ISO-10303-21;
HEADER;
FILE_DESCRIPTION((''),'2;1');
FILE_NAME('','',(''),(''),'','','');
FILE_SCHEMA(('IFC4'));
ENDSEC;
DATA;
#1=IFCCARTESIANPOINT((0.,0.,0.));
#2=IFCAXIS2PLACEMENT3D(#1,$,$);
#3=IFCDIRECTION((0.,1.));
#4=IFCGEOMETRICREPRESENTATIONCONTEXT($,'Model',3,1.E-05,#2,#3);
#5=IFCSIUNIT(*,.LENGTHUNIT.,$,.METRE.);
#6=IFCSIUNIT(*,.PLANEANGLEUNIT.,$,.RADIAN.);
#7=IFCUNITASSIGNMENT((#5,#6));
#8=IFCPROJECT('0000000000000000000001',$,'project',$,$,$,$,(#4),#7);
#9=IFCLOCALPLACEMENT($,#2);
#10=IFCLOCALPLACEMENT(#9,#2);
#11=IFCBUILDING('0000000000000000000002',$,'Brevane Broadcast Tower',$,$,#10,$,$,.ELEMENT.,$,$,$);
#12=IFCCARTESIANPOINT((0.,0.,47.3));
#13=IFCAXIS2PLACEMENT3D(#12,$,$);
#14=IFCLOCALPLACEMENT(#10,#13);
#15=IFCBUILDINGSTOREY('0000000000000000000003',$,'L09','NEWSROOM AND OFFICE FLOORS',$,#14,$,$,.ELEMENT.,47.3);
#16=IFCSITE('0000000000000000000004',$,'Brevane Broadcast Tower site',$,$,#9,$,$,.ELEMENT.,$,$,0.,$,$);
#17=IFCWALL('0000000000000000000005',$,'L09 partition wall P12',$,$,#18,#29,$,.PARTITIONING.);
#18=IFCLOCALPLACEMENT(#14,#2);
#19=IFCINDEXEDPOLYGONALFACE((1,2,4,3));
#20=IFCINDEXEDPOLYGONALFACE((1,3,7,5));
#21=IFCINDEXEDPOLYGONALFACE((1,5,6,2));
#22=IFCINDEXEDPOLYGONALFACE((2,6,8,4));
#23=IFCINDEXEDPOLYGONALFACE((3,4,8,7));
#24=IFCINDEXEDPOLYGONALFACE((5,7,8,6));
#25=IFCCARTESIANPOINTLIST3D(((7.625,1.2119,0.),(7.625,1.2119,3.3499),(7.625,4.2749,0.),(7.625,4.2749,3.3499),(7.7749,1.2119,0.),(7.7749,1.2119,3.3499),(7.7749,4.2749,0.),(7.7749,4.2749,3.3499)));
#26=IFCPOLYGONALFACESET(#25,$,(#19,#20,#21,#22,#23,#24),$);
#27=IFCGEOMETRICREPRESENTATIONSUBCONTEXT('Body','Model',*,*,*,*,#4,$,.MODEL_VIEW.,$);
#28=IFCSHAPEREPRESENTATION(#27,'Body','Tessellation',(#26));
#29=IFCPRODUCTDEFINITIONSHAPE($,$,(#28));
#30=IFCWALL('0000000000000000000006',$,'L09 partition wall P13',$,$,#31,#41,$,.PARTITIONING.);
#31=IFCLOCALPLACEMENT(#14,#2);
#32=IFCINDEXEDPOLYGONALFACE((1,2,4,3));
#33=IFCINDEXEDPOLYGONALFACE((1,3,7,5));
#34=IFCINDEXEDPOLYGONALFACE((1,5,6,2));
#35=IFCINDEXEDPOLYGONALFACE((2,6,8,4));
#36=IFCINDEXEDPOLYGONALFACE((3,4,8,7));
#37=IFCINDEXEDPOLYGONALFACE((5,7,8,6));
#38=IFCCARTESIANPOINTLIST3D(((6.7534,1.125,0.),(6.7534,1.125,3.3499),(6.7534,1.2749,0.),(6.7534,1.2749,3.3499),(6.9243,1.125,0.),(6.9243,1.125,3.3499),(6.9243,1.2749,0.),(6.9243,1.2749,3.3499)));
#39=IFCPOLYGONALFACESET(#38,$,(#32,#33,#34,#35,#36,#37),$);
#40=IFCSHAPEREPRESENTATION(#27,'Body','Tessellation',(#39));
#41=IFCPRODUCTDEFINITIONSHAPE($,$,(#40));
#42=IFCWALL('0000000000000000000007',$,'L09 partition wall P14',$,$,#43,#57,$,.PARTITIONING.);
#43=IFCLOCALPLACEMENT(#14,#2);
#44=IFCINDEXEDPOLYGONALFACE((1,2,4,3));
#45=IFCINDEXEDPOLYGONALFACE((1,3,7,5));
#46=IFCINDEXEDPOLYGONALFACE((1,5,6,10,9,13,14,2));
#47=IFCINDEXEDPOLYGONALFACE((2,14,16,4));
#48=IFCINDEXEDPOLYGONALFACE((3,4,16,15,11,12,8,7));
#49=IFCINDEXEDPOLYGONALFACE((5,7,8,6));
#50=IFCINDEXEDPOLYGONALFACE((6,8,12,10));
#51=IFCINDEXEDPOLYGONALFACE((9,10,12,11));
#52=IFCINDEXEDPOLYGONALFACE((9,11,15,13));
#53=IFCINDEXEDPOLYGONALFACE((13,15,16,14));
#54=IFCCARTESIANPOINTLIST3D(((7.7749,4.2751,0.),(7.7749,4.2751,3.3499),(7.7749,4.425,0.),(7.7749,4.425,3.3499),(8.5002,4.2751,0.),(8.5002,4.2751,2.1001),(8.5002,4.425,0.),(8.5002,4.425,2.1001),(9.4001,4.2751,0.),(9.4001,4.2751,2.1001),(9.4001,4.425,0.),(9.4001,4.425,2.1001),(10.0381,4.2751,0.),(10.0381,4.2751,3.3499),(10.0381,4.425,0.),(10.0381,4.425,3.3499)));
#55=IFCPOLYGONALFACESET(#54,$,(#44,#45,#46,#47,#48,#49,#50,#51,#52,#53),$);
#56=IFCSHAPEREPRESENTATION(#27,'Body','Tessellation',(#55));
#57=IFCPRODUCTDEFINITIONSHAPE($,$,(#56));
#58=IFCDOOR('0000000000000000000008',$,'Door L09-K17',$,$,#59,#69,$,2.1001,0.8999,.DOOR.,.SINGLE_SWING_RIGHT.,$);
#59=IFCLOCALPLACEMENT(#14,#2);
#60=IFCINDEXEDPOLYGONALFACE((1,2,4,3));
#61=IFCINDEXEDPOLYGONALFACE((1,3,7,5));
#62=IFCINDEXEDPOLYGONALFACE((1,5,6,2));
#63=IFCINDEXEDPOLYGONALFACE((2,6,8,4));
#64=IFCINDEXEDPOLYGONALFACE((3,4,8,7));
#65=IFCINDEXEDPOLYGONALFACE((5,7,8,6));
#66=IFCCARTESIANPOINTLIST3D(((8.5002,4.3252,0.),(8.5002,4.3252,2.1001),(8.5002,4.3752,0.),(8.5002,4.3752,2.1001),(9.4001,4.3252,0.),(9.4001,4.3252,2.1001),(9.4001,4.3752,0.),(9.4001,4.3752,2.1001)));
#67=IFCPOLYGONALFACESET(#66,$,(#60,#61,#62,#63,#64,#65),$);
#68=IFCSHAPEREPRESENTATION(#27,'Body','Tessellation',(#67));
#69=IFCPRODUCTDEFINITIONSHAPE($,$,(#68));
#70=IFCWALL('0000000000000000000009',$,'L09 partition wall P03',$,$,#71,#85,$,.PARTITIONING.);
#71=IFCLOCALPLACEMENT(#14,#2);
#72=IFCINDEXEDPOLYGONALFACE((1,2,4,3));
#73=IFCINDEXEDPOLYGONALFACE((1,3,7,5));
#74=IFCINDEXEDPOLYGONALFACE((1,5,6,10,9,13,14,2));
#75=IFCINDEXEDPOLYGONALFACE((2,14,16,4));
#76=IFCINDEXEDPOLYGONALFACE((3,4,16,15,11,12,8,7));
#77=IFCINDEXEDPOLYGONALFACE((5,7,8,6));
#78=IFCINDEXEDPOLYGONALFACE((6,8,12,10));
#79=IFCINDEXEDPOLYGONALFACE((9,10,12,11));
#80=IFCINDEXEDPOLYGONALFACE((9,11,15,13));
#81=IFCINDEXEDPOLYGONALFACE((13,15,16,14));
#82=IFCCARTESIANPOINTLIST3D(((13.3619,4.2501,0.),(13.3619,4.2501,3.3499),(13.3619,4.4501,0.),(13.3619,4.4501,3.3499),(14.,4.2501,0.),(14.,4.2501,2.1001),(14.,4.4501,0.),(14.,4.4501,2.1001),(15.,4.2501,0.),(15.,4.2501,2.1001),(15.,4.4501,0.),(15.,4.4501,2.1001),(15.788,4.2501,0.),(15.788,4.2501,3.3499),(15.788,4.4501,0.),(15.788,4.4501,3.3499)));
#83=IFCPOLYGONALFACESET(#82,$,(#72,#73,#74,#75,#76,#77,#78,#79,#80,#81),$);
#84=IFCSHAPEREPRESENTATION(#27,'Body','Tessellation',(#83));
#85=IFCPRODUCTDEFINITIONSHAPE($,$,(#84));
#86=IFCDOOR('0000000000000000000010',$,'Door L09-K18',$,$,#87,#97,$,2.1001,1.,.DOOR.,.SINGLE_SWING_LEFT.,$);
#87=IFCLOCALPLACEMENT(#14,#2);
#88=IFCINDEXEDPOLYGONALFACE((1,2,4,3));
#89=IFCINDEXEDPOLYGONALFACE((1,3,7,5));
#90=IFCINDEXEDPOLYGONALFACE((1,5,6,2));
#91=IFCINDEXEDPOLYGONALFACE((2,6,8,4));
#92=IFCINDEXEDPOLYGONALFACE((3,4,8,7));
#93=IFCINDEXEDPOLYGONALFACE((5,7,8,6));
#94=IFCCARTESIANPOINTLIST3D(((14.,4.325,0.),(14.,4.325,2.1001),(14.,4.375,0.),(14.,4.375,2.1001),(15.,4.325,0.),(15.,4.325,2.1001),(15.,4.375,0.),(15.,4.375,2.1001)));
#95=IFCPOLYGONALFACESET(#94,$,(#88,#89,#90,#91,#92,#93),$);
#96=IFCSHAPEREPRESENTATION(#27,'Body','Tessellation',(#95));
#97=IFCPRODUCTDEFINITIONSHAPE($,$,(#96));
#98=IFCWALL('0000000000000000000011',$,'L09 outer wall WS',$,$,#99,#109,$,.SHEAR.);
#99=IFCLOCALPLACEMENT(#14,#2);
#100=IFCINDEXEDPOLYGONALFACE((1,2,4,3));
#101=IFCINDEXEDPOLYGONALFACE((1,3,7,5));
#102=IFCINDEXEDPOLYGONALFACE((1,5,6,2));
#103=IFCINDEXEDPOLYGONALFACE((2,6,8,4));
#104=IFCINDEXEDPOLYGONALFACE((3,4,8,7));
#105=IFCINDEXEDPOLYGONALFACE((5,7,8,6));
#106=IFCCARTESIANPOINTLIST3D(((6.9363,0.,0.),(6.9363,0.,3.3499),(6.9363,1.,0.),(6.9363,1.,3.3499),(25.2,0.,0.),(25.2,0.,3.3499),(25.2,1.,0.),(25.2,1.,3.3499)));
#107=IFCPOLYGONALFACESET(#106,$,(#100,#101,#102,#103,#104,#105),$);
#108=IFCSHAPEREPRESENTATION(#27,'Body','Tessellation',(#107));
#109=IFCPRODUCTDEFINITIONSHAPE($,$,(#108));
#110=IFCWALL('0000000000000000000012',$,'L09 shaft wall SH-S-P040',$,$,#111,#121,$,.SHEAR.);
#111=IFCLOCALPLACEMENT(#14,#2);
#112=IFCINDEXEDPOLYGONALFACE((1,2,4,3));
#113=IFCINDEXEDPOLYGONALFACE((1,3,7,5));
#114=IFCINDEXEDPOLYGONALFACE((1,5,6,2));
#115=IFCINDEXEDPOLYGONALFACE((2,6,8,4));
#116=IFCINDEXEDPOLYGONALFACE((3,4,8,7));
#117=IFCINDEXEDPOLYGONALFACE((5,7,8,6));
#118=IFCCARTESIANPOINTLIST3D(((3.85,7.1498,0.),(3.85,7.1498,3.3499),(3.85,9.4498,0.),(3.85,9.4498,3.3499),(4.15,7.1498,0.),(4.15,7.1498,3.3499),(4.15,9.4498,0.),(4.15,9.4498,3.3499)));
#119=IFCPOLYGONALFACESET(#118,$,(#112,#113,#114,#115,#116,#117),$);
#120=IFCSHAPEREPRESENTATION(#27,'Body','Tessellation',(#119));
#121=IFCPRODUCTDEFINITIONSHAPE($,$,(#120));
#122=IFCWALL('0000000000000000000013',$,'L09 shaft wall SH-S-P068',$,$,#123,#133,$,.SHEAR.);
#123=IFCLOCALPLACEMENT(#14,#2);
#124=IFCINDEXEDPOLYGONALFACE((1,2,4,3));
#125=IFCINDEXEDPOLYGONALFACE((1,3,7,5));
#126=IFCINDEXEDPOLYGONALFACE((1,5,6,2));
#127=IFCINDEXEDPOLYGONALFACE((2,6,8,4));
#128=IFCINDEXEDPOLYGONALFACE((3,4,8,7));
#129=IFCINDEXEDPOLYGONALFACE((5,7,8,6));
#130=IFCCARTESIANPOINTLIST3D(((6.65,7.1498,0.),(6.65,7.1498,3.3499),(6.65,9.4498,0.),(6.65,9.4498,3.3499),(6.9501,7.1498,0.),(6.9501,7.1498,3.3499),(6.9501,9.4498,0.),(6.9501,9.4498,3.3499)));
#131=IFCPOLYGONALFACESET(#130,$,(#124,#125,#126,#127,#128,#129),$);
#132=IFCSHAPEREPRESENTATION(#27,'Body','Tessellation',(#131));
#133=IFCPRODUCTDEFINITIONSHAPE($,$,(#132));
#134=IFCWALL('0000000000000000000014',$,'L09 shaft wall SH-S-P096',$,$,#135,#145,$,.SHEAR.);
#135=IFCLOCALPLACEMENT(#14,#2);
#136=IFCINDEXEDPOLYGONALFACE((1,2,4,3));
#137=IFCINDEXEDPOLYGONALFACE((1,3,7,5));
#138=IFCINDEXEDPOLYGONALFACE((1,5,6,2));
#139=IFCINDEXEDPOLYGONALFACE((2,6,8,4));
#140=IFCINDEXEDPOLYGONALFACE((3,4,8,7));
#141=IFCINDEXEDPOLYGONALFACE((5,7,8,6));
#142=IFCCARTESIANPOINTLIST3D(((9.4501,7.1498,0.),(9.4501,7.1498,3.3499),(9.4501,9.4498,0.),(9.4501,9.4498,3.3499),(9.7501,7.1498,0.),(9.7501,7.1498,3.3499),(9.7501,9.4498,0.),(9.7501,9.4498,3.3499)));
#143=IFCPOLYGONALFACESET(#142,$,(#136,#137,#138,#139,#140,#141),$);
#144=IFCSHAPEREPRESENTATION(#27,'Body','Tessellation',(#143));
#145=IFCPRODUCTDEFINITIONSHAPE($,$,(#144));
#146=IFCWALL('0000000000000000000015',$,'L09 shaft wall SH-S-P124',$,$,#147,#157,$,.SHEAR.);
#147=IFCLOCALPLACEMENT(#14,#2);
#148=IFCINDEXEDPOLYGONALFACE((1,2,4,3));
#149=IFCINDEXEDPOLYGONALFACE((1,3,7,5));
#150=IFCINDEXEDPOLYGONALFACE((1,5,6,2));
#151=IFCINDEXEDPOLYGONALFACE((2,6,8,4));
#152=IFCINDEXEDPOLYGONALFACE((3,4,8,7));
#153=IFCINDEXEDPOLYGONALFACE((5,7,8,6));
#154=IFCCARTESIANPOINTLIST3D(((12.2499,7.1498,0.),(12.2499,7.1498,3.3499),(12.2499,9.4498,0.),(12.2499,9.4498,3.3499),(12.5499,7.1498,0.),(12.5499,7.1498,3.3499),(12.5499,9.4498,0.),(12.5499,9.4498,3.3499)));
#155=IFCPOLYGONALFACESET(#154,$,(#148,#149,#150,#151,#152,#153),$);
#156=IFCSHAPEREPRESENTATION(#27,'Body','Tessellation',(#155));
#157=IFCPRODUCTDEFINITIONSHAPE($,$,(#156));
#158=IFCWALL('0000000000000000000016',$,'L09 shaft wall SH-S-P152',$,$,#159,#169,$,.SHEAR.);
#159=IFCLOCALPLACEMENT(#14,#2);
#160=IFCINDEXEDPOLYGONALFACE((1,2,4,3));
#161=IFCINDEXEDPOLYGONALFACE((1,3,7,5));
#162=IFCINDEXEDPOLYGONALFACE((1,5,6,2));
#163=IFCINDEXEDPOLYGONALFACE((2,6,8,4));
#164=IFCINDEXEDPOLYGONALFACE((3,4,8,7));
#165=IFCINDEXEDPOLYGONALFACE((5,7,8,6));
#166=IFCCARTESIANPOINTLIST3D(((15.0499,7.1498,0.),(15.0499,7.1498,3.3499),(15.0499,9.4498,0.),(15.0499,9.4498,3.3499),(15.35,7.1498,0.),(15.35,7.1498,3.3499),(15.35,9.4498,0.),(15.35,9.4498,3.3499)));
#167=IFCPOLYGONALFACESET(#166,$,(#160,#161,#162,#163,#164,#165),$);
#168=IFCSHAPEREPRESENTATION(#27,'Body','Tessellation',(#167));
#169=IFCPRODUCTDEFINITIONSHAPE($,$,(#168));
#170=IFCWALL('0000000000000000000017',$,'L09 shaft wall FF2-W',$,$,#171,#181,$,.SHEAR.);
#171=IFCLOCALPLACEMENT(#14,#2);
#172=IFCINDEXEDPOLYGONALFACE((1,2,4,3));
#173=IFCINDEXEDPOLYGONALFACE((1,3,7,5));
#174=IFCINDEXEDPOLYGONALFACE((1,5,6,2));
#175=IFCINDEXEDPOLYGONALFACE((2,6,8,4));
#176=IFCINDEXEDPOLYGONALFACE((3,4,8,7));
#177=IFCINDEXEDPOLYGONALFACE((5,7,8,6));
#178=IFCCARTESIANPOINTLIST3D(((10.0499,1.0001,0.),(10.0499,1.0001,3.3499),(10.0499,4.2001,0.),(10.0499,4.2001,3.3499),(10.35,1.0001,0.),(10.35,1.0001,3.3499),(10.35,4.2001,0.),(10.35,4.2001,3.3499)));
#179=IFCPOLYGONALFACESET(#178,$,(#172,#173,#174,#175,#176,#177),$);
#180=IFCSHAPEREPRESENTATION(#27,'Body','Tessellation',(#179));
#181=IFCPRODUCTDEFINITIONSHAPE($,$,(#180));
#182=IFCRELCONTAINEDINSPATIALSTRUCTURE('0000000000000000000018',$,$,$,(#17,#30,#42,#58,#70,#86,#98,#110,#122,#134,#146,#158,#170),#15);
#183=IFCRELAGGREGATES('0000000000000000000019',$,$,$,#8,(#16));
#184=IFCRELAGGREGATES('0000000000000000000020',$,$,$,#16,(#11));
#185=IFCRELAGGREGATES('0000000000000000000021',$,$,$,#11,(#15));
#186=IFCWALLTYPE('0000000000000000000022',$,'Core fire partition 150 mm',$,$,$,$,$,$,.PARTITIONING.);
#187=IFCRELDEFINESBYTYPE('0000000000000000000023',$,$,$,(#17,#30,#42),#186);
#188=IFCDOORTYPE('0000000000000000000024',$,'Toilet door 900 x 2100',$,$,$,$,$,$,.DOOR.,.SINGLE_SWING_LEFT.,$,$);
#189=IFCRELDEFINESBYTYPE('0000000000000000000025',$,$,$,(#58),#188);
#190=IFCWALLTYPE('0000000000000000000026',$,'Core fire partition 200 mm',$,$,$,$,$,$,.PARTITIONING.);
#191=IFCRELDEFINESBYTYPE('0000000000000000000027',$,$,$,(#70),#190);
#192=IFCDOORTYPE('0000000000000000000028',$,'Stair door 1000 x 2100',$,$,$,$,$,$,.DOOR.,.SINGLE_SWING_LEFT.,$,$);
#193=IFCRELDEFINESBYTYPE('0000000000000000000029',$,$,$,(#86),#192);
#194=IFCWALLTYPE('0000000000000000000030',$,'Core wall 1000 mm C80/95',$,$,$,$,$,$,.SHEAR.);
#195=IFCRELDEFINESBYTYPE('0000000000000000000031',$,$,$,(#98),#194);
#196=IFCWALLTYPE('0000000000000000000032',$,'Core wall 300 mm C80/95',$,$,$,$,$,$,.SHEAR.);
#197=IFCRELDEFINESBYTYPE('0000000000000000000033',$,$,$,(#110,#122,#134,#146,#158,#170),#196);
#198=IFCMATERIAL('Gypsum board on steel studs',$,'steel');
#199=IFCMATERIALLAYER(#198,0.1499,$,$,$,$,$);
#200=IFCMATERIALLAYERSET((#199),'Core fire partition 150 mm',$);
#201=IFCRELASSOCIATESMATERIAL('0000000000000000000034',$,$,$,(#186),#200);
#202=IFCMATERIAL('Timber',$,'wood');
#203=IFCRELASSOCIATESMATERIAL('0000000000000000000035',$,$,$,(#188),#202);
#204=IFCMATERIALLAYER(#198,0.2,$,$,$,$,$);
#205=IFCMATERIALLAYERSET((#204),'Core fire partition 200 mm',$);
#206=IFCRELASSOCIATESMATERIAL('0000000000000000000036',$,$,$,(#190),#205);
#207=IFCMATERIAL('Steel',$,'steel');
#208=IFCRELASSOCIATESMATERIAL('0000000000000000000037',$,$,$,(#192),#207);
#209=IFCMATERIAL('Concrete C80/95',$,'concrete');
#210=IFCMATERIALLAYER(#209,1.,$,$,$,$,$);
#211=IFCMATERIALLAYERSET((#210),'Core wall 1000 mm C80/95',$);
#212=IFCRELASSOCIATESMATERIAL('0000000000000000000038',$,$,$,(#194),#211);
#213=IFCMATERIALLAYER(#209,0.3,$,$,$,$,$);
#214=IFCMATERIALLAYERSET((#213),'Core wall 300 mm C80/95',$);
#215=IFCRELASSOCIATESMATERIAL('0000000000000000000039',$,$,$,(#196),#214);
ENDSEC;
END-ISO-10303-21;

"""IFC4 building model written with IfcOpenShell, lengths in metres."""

from ifc_helpers import new_model, si_unit, direction, frame, frame_2d, origin, place, context, subcontext, project, spatial, rectangle, extrude, material, layer, layer_set, type_object, element, fill, save


model = new_model("IFC4")

# Units and contexts
model_context = context("Model", 3, precision=1e-05, world=origin(), true_north=direction((0.0, 1.0)))
body_context = subcontext(model_context, "Body", "Model", "MODEL_VIEW")
ifc_project = project(units=[si_unit("LENGTHUNIT", "METRE"), si_unit("PLANEANGLEUNIT", "RADIAN")], contexts=[model_context])

# Site, building, storey
site_placement = place(None, origin())
site = spatial("IfcSite", under=ifc_project, at=site_placement, Name="Brevane Broadcast Tower site", CompositionType="ELEMENT", RefElevation=0.0)
building_placement = place(site_placement, origin())
building = spatial("IfcBuilding", under=site, at=building_placement, Name="Brevane Broadcast Tower", CompositionType="ELEMENT")
storey_placement = place(building_placement, frame((0.0, 0.0, 47.3)))
storey = spatial("IfcBuildingStorey", under=building, at=storey_placement, Name="L09", Description="NEWSROOM AND OFFICE FLOORS", CompositionType="ELEMENT", Elevation=47.3)

# Shared definitions
ifc_material_1 = material(Name="Gypsum board on steel studs", Category="steel")
ifc_layer_1 = layer(ifc_material_1, 0.1499)
ifc_layer_set_1 = layer_set([ifc_layer_1], Name="Core fire partition 150 mm")
wall_type_1 = type_object("IfcWallType", Name="Core fire partition 150 mm", PredefinedType="PARTITIONING", material=ifc_layer_set_1)

# Shared definitions
ifc_material_2 = material(Name="Timber", Category="wood")
door_type_1 = type_object("IfcDoorType", Name="Toilet door 900 x 2100", OperationType="SINGLE_SWING_LEFT", PredefinedType="DOOR", material=ifc_material_2)

# Walls
wall_1_placement = place(storey_placement, frame((7.7, 4.2749, 0.0), z_axis=(0.0, 0.0, 1.0), x_axis=(0.0, -1.0, 0.0)))
element("IfcWall", 1, at=wall_1_placement, inside=storey, type_object=wall_type_1, Name="L09 partition wall P12", PredefinedType="PARTITIONING", context=body_context, shape_type="SweptSolid", body=[
    extrude(rectangle(XDim=3.063, YDim=0.1499, at=frame_2d((1.5315, 0.0))), origin(), (0.0, 0.0, 1.0), 3.3499),
])
wall_2_placement = place(storey_placement, frame((6.9243, 1.2, 0.0), z_axis=(0.0, 0.0, 1.0), x_axis=(-1.0, 0.0, 0.0)))
element("IfcWall", 2, at=wall_2_placement, inside=storey, type_object=wall_type_1, Name="L09 partition wall P13", PredefinedType="PARTITIONING", context=body_context, shape_type="SweptSolid", body=[
    extrude(rectangle(XDim=0.1709, YDim=0.1499, at=frame_2d((0.0854, 0.0))), origin(), (0.0, 0.0, 1.0), 3.3499),
])

# Walls, openings, doors
wall_3_placement = place(storey_placement, frame((10.0381, 4.3501, 0.0), z_axis=(0.0, 0.0, 1.0), x_axis=(-1.0, 0.0, 0.0)))
wall_3 = element("IfcWall", 3, at=wall_3_placement, inside=storey, type_object=wall_type_1, Name="L09 partition wall P14", PredefinedType="PARTITIONING", context=body_context, shape_type="SweptSolid", body=[
    extrude(rectangle(XDim=2.2632, YDim=0.1499, at=frame_2d((1.1316, 0.0))), origin(), (0.0, 0.0, 1.0), 3.3499),
])
opening_1_placement = place(wall_3_placement, frame((0.6379, 0.0, 0.0)))
opening_1 = element("IfcOpeningElement", 4, at=opening_1_placement, cuts=wall_3, PredefinedType="OPENING", context=body_context, shape_type="SweptSolid", body=[
    extrude(rectangle(XDim=0.8999, YDim=2.1001, at=frame_2d((0.45, 1.05))), frame((0.0, 0.085, 0.0), z_axis=(0.0, -1.0, 0.0), x_axis=(1.0, 0.0, 0.0)), (0.0, 0.0, 1.0), 0.1699),
])
door_1_placement = place(opening_1_placement, origin())
door_1 = element("IfcDoor", 5, at=door_1_placement, inside=storey, type_object=door_type_1, Name="Door L09-K17", OperationType="SINGLE_SWING_RIGHT", OverallHeight=2.1001, OverallWidth=0.8999, PredefinedType="DOOR", context=body_context, shape_type="SweptSolid", body=[
    extrude(rectangle(XDim=0.8999, YDim=2.1001, at=frame_2d((0.45, 1.05))), frame((0.0, 0.0249, 0.0), z_axis=(0.0, -1.0, 0.0), x_axis=(1.0, 0.0, 0.0)), (0.0, 0.0, 1.0), 0.05),
])
fill(opening_1, door_1)
ifc_layer_2 = layer(ifc_material_1, 0.2)
ifc_layer_set_2 = layer_set([ifc_layer_2], Name="Core fire partition 200 mm")
wall_type_2 = type_object("IfcWallType", Name="Core fire partition 200 mm", PredefinedType="PARTITIONING", material=ifc_layer_set_2)
wall_4_placement = place(storey_placement, frame((13.3621, 4.3501, 0.0), z_axis=(0.0, 0.0, 1.0), x_axis=(1.0, 0.0, 0.0)))
wall_4 = element("IfcWall", 6, at=wall_4_placement, inside=storey, type_object=wall_type_2, Name="L09 partition wall P03", PredefinedType="PARTITIONING", context=body_context, shape_type="SweptSolid", body=[
    extrude(rectangle(XDim=2.426, YDim=0.2, at=frame_2d((1.2129, 0.0))), origin(), (0.0, 0.0, 1.0), 3.3499),
])
opening_2_placement = place(wall_4_placement, frame((0.6379, 0.0, 0.0)))
opening_2 = element("IfcOpeningElement", 7, at=opening_2_placement, cuts=wall_4, PredefinedType="OPENING", context=body_context, shape_type="SweptSolid", body=[
    extrude(rectangle(XDim=1.0, YDim=2.1001, at=frame_2d((0.5, 1.05))), frame((0.0, 0.1099, 0.0), z_axis=(0.0, -1.0, 0.0), x_axis=(1.0, 0.0, 0.0)), (0.0, 0.0, 1.0), 0.22),
])
ifc_material_3 = material(Name="Steel", Category="steel")
door_type_2 = type_object("IfcDoorType", Name="Stair door 1000 x 2100", OperationType="SINGLE_SWING_LEFT", PredefinedType="DOOR", material=ifc_material_3)
door_2_placement = place(opening_2_placement, origin())
door_2 = element("IfcDoor", 8, at=door_2_placement, inside=storey, type_object=door_type_2, Name="Door L09-K18", OperationType="SINGLE_SWING_LEFT", OverallHeight=2.1001, OverallWidth=1.0, PredefinedType="DOOR", context=body_context, shape_type="SweptSolid", body=[
    extrude(rectangle(XDim=1.0, YDim=2.1001, at=frame_2d((0.5, 1.05))), frame((0.0, 0.0249, 0.0), z_axis=(0.0, -1.0, 0.0), x_axis=(1.0, 0.0, 0.0)), (0.0, 0.0, 1.0), 0.05),
])
fill(opening_2, door_2)

# Walls
ifc_material_4 = material(Name="Concrete C80/95", Category="concrete")
ifc_layer_3 = layer(ifc_material_4, 1.0)
ifc_layer_set_3 = layer_set([ifc_layer_3], Name="Core wall 1000 mm C80/95")
wall_type_3 = type_object("IfcWallType", Name="Core wall 1000 mm C80/95", PredefinedType="SHEAR", material=ifc_layer_set_3)
wall_5_placement = place(storey_placement, frame((6.9363, 0.5, 0.0), z_axis=(0.0, 0.0, 1.0), x_axis=(1.0, 0.0, 0.0)))
element("IfcWall", 9, at=wall_5_placement, inside=storey, type_object=wall_type_3, Name="L09 outer wall WS", PredefinedType="SHEAR", context=body_context, shape_type="SweptSolid", body=[
    extrude(rectangle(XDim=18.2637, YDim=1.0, at=frame_2d((9.1318, 0.0))), origin(), (0.0, 0.0, 1.0), 3.3499),
])
ifc_layer_4 = layer(ifc_material_4, 0.3)
ifc_layer_set_4 = layer_set([ifc_layer_4], Name="Core wall 300 mm C80/95")
wall_type_4 = type_object("IfcWallType", Name="Core wall 300 mm C80/95", PredefinedType="SHEAR", material=ifc_layer_set_4)
for number, where, z_axis, x_axis, name in (
    (10, (4.0, 7.1499, 0.0), (0.0, 0.0, 1.0), (0.0, 1.0, 0.0), "L09 shaft wall SH-S-P040"),
    (11, (6.8, 7.1499, 0.0), (0.0, 0.0, 1.0), (0.0, 1.0, 0.0), "L09 shaft wall SH-S-P068"),
    (12, (9.6001, 7.1499, 0.0), (0.0, 0.0, 1.0), (0.0, 1.0, 0.0), "L09 shaft wall SH-S-P096"),
    (13, (12.3999, 7.1499, 0.0), (0.0, 0.0, 1.0), (0.0, 1.0, 0.0), "L09 shaft wall SH-S-P124"),
    (14, (15.2, 7.1499, 0.0), (0.0, 0.0, 1.0), (0.0, 1.0, 0.0), "L09 shaft wall SH-S-P152"),
):
    element("IfcWall", number, at=place(storey_placement, frame(where, z_axis=z_axis, x_axis=x_axis)), inside=storey, type_object=wall_type_4, Name=name, PredefinedType="SHEAR", context=body_context, shape_type="SweptSolid", body=[
        extrude(rectangle(XDim=2.3, YDim=0.3, at=frame_2d((1.1499, 0.0))), origin(), (0.0, 0.0, 1.0), 3.3499),
    ])
wall_6_placement = place(storey_placement, frame((10.2, 1.0, 0.0), z_axis=(0.0, 0.0, 1.0), x_axis=(0.0, 1.0, 0.0)))
element("IfcWall", 15, at=wall_6_placement, inside=storey, type_object=wall_type_4, Name="L09 shaft wall FF2-W", PredefinedType="SHEAR", context=body_context, shape_type="SweptSolid", body=[
    extrude(rectangle(XDim=3.2, YDim=0.3, at=frame_2d((1.6001, 0.0))), origin(), (0.0, 0.0, 1.0), 3.3499),
])

save(model, "model.ifc")
